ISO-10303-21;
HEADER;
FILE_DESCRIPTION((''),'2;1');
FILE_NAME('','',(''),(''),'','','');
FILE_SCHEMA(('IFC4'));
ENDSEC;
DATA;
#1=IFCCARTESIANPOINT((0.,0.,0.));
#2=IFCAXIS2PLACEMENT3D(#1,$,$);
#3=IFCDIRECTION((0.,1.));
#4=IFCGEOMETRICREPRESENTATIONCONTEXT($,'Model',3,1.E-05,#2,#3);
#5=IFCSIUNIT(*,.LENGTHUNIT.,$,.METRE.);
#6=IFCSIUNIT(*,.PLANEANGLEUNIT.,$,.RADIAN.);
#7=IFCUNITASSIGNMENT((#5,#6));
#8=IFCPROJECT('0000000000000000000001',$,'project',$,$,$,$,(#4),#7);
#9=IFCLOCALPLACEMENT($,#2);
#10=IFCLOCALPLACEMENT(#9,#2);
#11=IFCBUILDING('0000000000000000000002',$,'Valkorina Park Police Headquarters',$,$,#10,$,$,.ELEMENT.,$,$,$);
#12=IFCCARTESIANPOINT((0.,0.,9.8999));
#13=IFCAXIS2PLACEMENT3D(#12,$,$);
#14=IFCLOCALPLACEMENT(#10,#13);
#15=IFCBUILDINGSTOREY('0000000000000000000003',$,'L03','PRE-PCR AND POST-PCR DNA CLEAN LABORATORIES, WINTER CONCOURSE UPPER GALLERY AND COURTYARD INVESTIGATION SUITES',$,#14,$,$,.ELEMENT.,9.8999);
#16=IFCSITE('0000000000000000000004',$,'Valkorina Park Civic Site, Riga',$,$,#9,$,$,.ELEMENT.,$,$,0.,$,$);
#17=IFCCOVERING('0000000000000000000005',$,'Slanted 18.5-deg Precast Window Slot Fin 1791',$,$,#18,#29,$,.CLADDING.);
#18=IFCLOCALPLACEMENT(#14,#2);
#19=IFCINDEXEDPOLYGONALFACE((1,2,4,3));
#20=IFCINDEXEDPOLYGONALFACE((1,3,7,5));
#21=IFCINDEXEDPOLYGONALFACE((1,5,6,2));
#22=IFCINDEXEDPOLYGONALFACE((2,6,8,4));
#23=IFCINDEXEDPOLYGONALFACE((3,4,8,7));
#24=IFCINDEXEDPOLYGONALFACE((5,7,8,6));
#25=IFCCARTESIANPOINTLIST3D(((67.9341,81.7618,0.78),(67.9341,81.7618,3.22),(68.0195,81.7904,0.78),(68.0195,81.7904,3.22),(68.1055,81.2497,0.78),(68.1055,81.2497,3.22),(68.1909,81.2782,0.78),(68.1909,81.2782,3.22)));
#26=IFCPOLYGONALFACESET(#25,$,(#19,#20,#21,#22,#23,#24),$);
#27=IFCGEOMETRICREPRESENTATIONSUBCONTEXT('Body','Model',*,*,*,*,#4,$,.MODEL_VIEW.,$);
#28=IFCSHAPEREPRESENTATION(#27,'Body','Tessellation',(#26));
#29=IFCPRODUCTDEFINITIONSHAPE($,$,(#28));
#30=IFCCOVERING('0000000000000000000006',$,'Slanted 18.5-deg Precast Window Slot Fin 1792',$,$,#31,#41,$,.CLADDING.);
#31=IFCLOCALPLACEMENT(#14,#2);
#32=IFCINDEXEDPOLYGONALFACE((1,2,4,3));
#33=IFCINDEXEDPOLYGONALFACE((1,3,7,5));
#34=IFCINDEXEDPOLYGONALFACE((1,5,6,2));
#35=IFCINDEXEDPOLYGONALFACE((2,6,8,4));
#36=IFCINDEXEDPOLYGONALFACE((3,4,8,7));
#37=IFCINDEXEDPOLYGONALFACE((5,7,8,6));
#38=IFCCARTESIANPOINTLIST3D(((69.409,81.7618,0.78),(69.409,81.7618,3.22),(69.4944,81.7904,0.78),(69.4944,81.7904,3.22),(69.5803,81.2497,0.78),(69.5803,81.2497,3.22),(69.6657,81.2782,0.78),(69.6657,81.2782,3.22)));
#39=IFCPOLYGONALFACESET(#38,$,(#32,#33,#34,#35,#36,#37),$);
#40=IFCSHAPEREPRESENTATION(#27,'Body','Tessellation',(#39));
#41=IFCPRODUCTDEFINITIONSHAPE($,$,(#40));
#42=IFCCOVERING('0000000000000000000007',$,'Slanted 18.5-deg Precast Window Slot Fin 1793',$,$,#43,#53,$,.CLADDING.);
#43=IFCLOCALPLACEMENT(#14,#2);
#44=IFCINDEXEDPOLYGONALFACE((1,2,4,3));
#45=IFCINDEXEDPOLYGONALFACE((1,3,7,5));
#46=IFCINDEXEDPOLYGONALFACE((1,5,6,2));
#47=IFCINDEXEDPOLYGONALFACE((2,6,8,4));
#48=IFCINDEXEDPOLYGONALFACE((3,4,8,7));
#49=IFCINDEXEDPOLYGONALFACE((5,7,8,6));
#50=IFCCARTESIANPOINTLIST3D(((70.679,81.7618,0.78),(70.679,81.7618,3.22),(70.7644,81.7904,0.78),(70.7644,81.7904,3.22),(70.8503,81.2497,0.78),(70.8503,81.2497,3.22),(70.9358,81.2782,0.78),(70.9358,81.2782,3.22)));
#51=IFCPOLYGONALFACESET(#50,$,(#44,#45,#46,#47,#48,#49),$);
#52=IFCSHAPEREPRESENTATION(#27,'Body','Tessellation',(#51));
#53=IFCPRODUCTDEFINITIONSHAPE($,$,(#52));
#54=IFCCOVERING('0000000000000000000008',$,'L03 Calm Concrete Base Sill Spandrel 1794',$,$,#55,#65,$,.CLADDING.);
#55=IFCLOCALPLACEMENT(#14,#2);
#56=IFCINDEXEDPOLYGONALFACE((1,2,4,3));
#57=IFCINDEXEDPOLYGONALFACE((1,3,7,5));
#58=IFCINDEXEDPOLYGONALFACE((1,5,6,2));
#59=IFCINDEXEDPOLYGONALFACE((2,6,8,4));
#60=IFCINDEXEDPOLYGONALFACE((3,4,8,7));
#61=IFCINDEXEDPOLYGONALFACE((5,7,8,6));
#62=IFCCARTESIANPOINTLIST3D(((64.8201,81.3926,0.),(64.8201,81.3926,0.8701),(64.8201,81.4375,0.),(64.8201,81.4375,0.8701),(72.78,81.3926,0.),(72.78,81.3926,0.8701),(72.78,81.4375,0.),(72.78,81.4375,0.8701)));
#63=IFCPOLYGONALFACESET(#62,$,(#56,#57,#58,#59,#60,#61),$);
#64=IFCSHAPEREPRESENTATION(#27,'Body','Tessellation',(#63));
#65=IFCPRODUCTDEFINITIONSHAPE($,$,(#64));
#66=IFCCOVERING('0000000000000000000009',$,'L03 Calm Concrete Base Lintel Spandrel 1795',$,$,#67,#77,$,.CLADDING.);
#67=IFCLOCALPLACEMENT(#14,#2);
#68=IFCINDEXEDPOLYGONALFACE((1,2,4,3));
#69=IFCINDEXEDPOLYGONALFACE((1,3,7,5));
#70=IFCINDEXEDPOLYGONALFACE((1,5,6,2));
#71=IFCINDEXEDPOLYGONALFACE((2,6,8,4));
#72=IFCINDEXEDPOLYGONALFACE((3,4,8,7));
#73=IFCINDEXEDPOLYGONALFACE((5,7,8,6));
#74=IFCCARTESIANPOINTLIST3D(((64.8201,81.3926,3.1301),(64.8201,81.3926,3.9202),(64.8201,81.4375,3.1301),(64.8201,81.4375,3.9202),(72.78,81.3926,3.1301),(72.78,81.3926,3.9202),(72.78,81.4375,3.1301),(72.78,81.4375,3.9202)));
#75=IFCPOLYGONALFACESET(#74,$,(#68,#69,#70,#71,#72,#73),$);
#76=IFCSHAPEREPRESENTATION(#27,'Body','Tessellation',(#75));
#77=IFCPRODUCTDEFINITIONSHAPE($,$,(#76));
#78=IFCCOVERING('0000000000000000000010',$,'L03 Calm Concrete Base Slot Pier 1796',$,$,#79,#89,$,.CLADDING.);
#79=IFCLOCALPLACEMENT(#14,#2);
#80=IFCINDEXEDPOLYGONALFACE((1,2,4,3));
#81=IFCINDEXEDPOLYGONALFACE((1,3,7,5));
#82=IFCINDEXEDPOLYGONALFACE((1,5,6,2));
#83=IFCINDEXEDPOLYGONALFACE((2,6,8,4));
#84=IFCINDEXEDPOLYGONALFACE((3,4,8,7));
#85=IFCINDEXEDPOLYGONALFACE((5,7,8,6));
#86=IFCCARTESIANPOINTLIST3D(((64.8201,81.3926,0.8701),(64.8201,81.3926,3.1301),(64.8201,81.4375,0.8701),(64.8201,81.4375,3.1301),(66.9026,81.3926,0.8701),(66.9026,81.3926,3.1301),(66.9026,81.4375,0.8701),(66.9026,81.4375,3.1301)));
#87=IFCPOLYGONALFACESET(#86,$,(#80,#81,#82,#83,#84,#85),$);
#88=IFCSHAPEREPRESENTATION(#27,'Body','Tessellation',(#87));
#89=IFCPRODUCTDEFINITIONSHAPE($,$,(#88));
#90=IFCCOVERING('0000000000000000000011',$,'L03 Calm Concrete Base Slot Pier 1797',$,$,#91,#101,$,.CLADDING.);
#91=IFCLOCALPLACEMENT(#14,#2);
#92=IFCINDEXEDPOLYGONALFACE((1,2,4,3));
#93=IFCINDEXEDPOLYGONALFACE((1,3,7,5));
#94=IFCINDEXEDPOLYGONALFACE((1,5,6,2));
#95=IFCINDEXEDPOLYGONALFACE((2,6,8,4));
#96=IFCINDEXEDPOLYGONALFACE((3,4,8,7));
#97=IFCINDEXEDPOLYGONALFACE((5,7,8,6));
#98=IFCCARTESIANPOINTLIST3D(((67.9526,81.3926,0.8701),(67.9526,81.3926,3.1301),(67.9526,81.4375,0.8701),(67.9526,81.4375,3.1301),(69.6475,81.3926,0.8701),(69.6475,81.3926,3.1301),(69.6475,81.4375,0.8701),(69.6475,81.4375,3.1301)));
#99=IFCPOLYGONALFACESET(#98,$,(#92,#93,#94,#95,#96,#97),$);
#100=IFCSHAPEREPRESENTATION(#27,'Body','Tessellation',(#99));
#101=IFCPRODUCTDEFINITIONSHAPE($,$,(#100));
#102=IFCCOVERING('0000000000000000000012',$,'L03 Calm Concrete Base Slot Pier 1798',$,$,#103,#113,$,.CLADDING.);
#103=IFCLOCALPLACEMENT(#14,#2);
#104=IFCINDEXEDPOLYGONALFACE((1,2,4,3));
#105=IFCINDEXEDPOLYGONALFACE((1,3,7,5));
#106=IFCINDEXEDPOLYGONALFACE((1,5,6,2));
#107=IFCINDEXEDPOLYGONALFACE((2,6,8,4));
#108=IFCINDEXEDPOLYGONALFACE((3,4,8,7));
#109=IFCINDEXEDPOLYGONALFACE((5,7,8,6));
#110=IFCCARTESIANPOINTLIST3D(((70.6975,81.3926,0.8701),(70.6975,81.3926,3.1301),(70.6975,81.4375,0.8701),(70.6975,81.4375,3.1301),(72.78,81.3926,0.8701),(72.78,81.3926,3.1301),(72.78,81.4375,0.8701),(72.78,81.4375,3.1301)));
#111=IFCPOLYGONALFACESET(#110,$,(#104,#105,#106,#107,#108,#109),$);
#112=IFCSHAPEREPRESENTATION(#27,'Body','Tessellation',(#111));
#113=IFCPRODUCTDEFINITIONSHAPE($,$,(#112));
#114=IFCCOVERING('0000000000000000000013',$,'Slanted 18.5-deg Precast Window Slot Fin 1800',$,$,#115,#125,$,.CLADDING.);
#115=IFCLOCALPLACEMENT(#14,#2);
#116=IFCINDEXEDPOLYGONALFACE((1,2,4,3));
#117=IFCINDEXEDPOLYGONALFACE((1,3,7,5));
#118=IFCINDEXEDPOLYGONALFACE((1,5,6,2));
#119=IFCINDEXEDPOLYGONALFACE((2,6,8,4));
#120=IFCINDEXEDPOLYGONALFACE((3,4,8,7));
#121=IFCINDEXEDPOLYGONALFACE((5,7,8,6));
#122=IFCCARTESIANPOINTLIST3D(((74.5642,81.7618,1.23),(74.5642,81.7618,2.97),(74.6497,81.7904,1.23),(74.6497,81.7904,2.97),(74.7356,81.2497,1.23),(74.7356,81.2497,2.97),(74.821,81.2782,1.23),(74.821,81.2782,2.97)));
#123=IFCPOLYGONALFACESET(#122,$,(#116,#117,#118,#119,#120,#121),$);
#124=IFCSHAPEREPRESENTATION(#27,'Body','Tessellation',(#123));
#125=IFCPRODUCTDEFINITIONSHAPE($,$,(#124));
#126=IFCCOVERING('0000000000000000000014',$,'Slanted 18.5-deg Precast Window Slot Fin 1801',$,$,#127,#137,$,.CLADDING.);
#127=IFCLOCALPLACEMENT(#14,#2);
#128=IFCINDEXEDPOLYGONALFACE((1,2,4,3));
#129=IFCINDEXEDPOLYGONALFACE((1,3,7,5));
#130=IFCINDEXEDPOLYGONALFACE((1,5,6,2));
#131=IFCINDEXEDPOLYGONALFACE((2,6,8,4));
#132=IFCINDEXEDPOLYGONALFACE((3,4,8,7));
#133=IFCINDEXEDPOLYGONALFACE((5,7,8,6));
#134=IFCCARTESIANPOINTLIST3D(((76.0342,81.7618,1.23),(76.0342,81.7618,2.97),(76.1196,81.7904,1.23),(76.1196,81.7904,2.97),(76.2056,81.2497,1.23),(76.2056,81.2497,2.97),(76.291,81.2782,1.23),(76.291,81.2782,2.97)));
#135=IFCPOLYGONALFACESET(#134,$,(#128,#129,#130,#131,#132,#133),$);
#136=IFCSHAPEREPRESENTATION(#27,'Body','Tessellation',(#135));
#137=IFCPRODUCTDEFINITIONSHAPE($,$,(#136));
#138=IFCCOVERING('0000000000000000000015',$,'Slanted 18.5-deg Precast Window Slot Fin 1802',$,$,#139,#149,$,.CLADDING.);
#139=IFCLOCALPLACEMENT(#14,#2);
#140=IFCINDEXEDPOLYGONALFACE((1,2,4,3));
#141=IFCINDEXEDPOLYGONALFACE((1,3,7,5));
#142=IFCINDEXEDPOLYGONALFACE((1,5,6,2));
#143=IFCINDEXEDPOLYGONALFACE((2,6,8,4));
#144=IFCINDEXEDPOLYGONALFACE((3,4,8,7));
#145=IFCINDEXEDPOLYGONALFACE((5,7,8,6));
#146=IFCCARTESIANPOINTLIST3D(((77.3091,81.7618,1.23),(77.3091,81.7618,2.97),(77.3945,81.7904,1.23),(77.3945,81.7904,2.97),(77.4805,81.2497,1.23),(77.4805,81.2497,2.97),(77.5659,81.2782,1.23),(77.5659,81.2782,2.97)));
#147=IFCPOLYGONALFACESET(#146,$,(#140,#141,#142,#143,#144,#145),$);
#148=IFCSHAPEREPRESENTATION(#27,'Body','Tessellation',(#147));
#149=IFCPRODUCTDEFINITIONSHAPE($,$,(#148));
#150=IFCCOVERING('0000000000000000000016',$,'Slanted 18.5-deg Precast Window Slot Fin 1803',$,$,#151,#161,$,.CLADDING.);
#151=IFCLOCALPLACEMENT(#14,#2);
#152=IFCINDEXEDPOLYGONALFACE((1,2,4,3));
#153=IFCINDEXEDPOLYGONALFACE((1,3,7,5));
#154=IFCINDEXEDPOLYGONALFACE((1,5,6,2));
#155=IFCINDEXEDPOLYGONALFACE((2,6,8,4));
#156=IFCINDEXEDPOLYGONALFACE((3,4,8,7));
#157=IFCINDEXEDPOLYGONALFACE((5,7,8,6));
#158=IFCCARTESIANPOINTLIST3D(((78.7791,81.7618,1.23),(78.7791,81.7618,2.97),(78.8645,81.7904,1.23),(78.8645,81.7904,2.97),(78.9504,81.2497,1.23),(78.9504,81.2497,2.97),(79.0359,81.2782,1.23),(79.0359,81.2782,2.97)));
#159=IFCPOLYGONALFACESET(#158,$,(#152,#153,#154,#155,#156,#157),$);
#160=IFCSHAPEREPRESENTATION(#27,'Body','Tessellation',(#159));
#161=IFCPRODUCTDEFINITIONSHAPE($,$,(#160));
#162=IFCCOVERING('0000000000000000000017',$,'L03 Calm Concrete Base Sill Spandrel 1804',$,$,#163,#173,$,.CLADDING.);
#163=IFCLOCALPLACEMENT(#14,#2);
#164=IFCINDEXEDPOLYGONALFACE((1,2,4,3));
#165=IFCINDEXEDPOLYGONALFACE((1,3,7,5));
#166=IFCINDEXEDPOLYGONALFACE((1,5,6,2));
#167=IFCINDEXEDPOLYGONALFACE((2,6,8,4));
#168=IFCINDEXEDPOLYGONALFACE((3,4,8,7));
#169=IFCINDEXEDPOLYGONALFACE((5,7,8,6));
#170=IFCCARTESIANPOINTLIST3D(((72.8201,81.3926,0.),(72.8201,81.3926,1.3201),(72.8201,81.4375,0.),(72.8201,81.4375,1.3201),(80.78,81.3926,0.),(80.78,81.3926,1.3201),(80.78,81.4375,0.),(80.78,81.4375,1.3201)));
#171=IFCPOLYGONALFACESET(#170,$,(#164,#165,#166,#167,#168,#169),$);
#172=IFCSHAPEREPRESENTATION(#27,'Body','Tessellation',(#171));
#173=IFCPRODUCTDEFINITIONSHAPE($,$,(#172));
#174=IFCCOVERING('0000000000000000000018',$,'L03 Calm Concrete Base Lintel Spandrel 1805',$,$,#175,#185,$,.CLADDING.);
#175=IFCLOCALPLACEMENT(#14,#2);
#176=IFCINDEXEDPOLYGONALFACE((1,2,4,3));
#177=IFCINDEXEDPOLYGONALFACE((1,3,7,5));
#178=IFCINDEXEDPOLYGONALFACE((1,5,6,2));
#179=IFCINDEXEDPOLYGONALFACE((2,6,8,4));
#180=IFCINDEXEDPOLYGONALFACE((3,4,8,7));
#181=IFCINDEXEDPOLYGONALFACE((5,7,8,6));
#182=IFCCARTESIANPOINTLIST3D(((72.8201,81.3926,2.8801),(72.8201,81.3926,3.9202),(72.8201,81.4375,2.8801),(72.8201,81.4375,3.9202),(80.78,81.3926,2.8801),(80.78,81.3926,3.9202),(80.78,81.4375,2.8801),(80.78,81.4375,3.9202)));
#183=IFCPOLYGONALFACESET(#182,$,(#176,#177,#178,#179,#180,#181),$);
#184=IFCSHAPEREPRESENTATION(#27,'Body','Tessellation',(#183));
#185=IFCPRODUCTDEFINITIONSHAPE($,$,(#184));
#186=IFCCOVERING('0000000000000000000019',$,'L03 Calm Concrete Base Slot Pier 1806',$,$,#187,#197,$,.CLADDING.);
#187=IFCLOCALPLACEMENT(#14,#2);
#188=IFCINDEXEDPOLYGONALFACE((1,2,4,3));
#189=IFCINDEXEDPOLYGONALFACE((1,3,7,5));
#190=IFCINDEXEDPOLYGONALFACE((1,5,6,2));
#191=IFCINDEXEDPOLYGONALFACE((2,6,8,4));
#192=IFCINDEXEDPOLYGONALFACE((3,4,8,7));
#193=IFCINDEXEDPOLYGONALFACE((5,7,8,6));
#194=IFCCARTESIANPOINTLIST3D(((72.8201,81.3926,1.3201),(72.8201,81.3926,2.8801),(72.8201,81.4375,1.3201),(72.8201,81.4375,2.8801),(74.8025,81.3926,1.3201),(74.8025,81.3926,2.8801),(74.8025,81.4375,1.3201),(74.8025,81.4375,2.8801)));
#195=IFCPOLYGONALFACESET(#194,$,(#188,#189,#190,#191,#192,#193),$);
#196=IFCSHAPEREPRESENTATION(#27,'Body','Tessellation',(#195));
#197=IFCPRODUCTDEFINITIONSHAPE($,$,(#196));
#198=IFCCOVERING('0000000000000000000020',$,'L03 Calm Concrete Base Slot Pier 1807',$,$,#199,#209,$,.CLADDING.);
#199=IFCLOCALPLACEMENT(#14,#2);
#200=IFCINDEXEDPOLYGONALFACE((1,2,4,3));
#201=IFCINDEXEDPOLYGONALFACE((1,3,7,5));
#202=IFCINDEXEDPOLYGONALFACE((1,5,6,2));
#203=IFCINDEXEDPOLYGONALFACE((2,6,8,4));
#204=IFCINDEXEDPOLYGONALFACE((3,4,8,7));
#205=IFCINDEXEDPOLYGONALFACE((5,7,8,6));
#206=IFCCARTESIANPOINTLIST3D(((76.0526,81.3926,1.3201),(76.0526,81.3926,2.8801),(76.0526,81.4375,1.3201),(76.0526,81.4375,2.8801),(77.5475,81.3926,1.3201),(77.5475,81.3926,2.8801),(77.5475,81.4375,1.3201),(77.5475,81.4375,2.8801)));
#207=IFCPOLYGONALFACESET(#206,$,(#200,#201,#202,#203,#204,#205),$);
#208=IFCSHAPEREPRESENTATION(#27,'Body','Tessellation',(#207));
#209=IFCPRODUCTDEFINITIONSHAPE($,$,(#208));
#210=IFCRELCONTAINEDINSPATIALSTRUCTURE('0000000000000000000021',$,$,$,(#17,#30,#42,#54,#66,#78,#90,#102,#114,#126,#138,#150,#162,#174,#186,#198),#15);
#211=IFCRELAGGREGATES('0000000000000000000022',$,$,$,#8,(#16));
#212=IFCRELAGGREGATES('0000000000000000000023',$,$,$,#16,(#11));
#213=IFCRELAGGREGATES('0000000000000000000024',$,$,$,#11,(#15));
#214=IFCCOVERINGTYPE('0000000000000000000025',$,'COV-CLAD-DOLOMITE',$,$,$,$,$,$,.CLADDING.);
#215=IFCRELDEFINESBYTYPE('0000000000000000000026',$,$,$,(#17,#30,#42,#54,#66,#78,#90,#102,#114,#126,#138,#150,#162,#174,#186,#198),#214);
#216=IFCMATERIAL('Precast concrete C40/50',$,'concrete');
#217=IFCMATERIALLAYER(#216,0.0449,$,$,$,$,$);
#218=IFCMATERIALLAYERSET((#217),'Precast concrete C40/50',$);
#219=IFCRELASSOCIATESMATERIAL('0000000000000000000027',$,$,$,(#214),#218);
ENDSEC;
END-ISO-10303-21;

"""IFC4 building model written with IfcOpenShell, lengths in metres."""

from ifc_helpers import new_model, si_unit, direction, frame, frame_2d, origin, origin_2d, place, context, subcontext, project, spatial, rectangle, extrude, material, layer, layer_set, type_object, element, save


model = new_model("IFC4")

# Units and contexts
model_context = context("Model", 3, precision=1e-05, world=origin(), true_north=direction((0.0, 1.0)))
body_context = subcontext(model_context, "Body", "Model", "MODEL_VIEW")
ifc_project = project(units=[si_unit("LENGTHUNIT", "METRE"), si_unit("PLANEANGLEUNIT", "RADIAN")], contexts=[model_context])

# Site, building, storey
site_placement = place(None, origin())
site = spatial("IfcSite", under=ifc_project, at=site_placement, Name="Valkorina Park Civic Site, Riga", CompositionType="ELEMENT", RefElevation=0.0)
building_placement = place(site_placement, origin())
building = spatial("IfcBuilding", under=site, at=building_placement, Name="Valkorina Park Police Headquarters", CompositionType="ELEMENT")
storey_placement = place(building_placement, frame((0.0, 0.0, 9.8999)))
storey = spatial("IfcBuildingStorey", under=building, at=storey_placement, Name="L03", Description="PRE-PCR AND POST-PCR DNA CLEAN LABORATORIES, WINTER CONCOURSE UPPER GALLERY AND COURTYARD INVESTIGATION SUITES", CompositionType="ELEMENT", Elevation=9.8999)

# Shared definitions
ifc_material_1 = material(Name="Precast concrete C40/50", Category="concrete")

# Coverings
ifc_layer_1 = layer(ifc_material_1, 0.0449)
ifc_layer_set_1 = layer_set([ifc_layer_1], Name="Precast concrete C40/50")
covering_type = type_object("IfcCoveringType", Name="COV-CLAD-DOLOMITE", PredefinedType="CLADDING", material=ifc_layer_set_1)
for number, where, z_axis, x_axis, name in (
    (1, (68.0625, 81.52, 0.78), (0.0, 0.0, 1.0), (-0.317305, 0.948324, 0.0), "Slanted 18.5-deg Precast Window Slot Fin 1791"),
    (2, (69.5374, 81.52, 0.78), (0.0, 0.0, 1.0), (-0.317305, 0.948324, 0.0), "Slanted 18.5-deg Precast Window Slot Fin 1792"),
    (3, (70.8074, 81.52, 0.78), (0.0, 0.0, 1.0), (-0.317305, 0.948324, 0.0), "Slanted 18.5-deg Precast Window Slot Fin 1793"),
):
    element("IfcCovering", number, at=place(storey_placement, frame(where, z_axis=z_axis, x_axis=x_axis)), inside=storey, type_object=covering_type, Name=name, PredefinedType="CLADDING", context=body_context, shape_type="SweptSolid", body=[
        extrude(rectangle(XDim=0.54, YDim=0.0901, at=origin_2d()), origin(), (0.0, 0.0, 1.0), 2.4399),
    ])
covering_1_placement = place(storey_placement, frame((64.8201, 81.415, 0.0), z_axis=(0.0, 0.0, 1.0), x_axis=(1.0, 0.0, 0.0)))
element("IfcCovering", 4, at=covering_1_placement, inside=storey, type_object=covering_type, Name="L03 Calm Concrete Base Sill Spandrel 1794", PredefinedType="CLADDING", context=body_context, shape_type="SweptSolid", body=[
    extrude(rectangle(XDim=7.96, YDim=0.0449, at=frame_2d((3.98, 0.0))), origin(), (0.0, 0.0, 1.0), 0.8701),
])
covering_2_placement = place(storey_placement, frame((64.8201, 81.415, 3.1301), z_axis=(0.0, 0.0, 1.0), x_axis=(1.0, 0.0, 0.0)))
element("IfcCovering", 5, at=covering_2_placement, inside=storey, type_object=covering_type, Name="L03 Calm Concrete Base Lintel Spandrel 1795", PredefinedType="CLADDING", context=body_context, shape_type="SweptSolid", body=[
    extrude(rectangle(XDim=7.96, YDim=0.0449, at=frame_2d((3.98, 0.0))), origin(), (0.0, 0.0, 1.0), 0.79),
])
covering_3_placement = place(storey_placement, frame((64.8201, 81.415, 0.8701), z_axis=(0.0, 0.0, 1.0), x_axis=(1.0, 0.0, 0.0)))
element("IfcCovering", 6, at=covering_3_placement, inside=storey, type_object=covering_type, Name="L03 Calm Concrete Base Slot Pier 1796", PredefinedType="CLADDING", context=body_context, shape_type="SweptSolid", body=[
    extrude(rectangle(XDim=2.0825, YDim=0.0449, at=frame_2d((1.0413, 0.0))), origin(), (0.0, 0.0, 1.0), 2.26),
])
covering_4_placement = place(storey_placement, frame((67.9526, 81.415, 0.8701), z_axis=(0.0, 0.0, 1.0), x_axis=(1.0, 0.0, 0.0)))
element("IfcCovering", 7, at=covering_4_placement, inside=storey, type_object=covering_type, Name="L03 Calm Concrete Base Slot Pier 1797", PredefinedType="CLADDING", context=body_context, shape_type="SweptSolid", body=[
    extrude(rectangle(XDim=1.6948, YDim=0.0449, at=frame_2d((0.8474, 0.0))), origin(), (0.0, 0.0, 1.0), 2.26),
])
covering_5_placement = place(storey_placement, frame((70.6975, 81.415, 0.8701), z_axis=(0.0, 0.0, 1.0), x_axis=(1.0, 0.0, 0.0)))
element("IfcCovering", 8, at=covering_5_placement, inside=storey, type_object=covering_type, Name="L03 Calm Concrete Base Slot Pier 1798", PredefinedType="CLADDING", context=body_context, shape_type="SweptSolid", body=[
    extrude(rectangle(XDim=2.0825, YDim=0.0449, at=frame_2d((1.0413, 0.0))), origin(), (0.0, 0.0, 1.0), 2.26),
])
for number, where, z_axis, x_axis, name in (
    (9, (74.6926, 81.52, 1.23), (0.0, 0.0, 1.0), (-0.317305, 0.948324, 0.0), "Slanted 18.5-deg Precast Window Slot Fin 1800"),
    (10, (76.1626, 81.52, 1.23), (0.0, 0.0, 1.0), (-0.317305, 0.948324, 0.0), "Slanted 18.5-deg Precast Window Slot Fin 1801"),
    (11, (77.4375, 81.52, 1.23), (0.0, 0.0, 1.0), (-0.317305, 0.948324, 0.0), "Slanted 18.5-deg Precast Window Slot Fin 1802"),
    (12, (78.9075, 81.52, 1.23), (0.0, 0.0, 1.0), (-0.317305, 0.948324, 0.0), "Slanted 18.5-deg Precast Window Slot Fin 1803"),
):
    element("IfcCovering", number, at=place(storey_placement, frame(where, z_axis=z_axis, x_axis=x_axis)), inside=storey, type_object=covering_type, Name=name, PredefinedType="CLADDING", context=body_context, shape_type="SweptSolid", body=[
        extrude(rectangle(XDim=0.54, YDim=0.0901, at=origin_2d()), origin(), (0.0, 0.0, 1.0), 1.74),
    ])
covering_6_placement = place(storey_placement, frame((72.8201, 81.415, 0.0), z_axis=(0.0, 0.0, 1.0), x_axis=(1.0, 0.0, 0.0)))
element("IfcCovering", 13, at=covering_6_placement, inside=storey, type_object=covering_type, Name="L03 Calm Concrete Base Sill Spandrel 1804", PredefinedType="CLADDING", context=body_context, shape_type="SweptSolid", body=[
    extrude(rectangle(XDim=7.96, YDim=0.0449, at=frame_2d((3.98, 0.0))), origin(), (0.0, 0.0, 1.0), 1.3201),
])
covering_7_placement = place(storey_placement, frame((72.8201, 81.415, 2.8801), z_axis=(0.0, 0.0, 1.0), x_axis=(1.0, 0.0, 0.0)))
element("IfcCovering", 14, at=covering_7_placement, inside=storey, type_object=covering_type, Name="L03 Calm Concrete Base Lintel Spandrel 1805", PredefinedType="CLADDING", context=body_context, shape_type="SweptSolid", body=[
    extrude(rectangle(XDim=7.96, YDim=0.0449, at=frame_2d((3.98, 0.0))), origin(), (0.0, 0.0, 1.0), 1.04),
])
covering_8_placement = place(storey_placement, frame((72.8201, 81.415, 1.3201), z_axis=(0.0, 0.0, 1.0), x_axis=(1.0, 0.0, 0.0)))
element("IfcCovering", 15, at=covering_8_placement, inside=storey, type_object=covering_type, Name="L03 Calm Concrete Base Slot Pier 1806", PredefinedType="CLADDING", context=body_context, shape_type="SweptSolid", body=[
    extrude(rectangle(XDim=1.9824, YDim=0.0449, at=frame_2d((0.9912, 0.0))), origin(), (0.0, 0.0, 1.0), 1.5601),
])
covering_9_placement = place(storey_placement, frame((76.0525, 81.415, 1.3201), z_axis=(0.0, 0.0, 1.0), x_axis=(1.0, 0.0, 0.0)))
element("IfcCovering", 16, at=covering_9_placement, inside=storey, type_object=covering_type, Name="L03 Calm Concrete Base Slot Pier 1807", PredefinedType="CLADDING", context=body_context, shape_type="SweptSolid", body=[
    extrude(rectangle(XDim=1.4949, YDim=0.0449, at=frame_2d((0.7476, 0.0))), origin(), (0.0, 0.0, 1.0), 1.5601),
])

save(model, "model.ifc")
